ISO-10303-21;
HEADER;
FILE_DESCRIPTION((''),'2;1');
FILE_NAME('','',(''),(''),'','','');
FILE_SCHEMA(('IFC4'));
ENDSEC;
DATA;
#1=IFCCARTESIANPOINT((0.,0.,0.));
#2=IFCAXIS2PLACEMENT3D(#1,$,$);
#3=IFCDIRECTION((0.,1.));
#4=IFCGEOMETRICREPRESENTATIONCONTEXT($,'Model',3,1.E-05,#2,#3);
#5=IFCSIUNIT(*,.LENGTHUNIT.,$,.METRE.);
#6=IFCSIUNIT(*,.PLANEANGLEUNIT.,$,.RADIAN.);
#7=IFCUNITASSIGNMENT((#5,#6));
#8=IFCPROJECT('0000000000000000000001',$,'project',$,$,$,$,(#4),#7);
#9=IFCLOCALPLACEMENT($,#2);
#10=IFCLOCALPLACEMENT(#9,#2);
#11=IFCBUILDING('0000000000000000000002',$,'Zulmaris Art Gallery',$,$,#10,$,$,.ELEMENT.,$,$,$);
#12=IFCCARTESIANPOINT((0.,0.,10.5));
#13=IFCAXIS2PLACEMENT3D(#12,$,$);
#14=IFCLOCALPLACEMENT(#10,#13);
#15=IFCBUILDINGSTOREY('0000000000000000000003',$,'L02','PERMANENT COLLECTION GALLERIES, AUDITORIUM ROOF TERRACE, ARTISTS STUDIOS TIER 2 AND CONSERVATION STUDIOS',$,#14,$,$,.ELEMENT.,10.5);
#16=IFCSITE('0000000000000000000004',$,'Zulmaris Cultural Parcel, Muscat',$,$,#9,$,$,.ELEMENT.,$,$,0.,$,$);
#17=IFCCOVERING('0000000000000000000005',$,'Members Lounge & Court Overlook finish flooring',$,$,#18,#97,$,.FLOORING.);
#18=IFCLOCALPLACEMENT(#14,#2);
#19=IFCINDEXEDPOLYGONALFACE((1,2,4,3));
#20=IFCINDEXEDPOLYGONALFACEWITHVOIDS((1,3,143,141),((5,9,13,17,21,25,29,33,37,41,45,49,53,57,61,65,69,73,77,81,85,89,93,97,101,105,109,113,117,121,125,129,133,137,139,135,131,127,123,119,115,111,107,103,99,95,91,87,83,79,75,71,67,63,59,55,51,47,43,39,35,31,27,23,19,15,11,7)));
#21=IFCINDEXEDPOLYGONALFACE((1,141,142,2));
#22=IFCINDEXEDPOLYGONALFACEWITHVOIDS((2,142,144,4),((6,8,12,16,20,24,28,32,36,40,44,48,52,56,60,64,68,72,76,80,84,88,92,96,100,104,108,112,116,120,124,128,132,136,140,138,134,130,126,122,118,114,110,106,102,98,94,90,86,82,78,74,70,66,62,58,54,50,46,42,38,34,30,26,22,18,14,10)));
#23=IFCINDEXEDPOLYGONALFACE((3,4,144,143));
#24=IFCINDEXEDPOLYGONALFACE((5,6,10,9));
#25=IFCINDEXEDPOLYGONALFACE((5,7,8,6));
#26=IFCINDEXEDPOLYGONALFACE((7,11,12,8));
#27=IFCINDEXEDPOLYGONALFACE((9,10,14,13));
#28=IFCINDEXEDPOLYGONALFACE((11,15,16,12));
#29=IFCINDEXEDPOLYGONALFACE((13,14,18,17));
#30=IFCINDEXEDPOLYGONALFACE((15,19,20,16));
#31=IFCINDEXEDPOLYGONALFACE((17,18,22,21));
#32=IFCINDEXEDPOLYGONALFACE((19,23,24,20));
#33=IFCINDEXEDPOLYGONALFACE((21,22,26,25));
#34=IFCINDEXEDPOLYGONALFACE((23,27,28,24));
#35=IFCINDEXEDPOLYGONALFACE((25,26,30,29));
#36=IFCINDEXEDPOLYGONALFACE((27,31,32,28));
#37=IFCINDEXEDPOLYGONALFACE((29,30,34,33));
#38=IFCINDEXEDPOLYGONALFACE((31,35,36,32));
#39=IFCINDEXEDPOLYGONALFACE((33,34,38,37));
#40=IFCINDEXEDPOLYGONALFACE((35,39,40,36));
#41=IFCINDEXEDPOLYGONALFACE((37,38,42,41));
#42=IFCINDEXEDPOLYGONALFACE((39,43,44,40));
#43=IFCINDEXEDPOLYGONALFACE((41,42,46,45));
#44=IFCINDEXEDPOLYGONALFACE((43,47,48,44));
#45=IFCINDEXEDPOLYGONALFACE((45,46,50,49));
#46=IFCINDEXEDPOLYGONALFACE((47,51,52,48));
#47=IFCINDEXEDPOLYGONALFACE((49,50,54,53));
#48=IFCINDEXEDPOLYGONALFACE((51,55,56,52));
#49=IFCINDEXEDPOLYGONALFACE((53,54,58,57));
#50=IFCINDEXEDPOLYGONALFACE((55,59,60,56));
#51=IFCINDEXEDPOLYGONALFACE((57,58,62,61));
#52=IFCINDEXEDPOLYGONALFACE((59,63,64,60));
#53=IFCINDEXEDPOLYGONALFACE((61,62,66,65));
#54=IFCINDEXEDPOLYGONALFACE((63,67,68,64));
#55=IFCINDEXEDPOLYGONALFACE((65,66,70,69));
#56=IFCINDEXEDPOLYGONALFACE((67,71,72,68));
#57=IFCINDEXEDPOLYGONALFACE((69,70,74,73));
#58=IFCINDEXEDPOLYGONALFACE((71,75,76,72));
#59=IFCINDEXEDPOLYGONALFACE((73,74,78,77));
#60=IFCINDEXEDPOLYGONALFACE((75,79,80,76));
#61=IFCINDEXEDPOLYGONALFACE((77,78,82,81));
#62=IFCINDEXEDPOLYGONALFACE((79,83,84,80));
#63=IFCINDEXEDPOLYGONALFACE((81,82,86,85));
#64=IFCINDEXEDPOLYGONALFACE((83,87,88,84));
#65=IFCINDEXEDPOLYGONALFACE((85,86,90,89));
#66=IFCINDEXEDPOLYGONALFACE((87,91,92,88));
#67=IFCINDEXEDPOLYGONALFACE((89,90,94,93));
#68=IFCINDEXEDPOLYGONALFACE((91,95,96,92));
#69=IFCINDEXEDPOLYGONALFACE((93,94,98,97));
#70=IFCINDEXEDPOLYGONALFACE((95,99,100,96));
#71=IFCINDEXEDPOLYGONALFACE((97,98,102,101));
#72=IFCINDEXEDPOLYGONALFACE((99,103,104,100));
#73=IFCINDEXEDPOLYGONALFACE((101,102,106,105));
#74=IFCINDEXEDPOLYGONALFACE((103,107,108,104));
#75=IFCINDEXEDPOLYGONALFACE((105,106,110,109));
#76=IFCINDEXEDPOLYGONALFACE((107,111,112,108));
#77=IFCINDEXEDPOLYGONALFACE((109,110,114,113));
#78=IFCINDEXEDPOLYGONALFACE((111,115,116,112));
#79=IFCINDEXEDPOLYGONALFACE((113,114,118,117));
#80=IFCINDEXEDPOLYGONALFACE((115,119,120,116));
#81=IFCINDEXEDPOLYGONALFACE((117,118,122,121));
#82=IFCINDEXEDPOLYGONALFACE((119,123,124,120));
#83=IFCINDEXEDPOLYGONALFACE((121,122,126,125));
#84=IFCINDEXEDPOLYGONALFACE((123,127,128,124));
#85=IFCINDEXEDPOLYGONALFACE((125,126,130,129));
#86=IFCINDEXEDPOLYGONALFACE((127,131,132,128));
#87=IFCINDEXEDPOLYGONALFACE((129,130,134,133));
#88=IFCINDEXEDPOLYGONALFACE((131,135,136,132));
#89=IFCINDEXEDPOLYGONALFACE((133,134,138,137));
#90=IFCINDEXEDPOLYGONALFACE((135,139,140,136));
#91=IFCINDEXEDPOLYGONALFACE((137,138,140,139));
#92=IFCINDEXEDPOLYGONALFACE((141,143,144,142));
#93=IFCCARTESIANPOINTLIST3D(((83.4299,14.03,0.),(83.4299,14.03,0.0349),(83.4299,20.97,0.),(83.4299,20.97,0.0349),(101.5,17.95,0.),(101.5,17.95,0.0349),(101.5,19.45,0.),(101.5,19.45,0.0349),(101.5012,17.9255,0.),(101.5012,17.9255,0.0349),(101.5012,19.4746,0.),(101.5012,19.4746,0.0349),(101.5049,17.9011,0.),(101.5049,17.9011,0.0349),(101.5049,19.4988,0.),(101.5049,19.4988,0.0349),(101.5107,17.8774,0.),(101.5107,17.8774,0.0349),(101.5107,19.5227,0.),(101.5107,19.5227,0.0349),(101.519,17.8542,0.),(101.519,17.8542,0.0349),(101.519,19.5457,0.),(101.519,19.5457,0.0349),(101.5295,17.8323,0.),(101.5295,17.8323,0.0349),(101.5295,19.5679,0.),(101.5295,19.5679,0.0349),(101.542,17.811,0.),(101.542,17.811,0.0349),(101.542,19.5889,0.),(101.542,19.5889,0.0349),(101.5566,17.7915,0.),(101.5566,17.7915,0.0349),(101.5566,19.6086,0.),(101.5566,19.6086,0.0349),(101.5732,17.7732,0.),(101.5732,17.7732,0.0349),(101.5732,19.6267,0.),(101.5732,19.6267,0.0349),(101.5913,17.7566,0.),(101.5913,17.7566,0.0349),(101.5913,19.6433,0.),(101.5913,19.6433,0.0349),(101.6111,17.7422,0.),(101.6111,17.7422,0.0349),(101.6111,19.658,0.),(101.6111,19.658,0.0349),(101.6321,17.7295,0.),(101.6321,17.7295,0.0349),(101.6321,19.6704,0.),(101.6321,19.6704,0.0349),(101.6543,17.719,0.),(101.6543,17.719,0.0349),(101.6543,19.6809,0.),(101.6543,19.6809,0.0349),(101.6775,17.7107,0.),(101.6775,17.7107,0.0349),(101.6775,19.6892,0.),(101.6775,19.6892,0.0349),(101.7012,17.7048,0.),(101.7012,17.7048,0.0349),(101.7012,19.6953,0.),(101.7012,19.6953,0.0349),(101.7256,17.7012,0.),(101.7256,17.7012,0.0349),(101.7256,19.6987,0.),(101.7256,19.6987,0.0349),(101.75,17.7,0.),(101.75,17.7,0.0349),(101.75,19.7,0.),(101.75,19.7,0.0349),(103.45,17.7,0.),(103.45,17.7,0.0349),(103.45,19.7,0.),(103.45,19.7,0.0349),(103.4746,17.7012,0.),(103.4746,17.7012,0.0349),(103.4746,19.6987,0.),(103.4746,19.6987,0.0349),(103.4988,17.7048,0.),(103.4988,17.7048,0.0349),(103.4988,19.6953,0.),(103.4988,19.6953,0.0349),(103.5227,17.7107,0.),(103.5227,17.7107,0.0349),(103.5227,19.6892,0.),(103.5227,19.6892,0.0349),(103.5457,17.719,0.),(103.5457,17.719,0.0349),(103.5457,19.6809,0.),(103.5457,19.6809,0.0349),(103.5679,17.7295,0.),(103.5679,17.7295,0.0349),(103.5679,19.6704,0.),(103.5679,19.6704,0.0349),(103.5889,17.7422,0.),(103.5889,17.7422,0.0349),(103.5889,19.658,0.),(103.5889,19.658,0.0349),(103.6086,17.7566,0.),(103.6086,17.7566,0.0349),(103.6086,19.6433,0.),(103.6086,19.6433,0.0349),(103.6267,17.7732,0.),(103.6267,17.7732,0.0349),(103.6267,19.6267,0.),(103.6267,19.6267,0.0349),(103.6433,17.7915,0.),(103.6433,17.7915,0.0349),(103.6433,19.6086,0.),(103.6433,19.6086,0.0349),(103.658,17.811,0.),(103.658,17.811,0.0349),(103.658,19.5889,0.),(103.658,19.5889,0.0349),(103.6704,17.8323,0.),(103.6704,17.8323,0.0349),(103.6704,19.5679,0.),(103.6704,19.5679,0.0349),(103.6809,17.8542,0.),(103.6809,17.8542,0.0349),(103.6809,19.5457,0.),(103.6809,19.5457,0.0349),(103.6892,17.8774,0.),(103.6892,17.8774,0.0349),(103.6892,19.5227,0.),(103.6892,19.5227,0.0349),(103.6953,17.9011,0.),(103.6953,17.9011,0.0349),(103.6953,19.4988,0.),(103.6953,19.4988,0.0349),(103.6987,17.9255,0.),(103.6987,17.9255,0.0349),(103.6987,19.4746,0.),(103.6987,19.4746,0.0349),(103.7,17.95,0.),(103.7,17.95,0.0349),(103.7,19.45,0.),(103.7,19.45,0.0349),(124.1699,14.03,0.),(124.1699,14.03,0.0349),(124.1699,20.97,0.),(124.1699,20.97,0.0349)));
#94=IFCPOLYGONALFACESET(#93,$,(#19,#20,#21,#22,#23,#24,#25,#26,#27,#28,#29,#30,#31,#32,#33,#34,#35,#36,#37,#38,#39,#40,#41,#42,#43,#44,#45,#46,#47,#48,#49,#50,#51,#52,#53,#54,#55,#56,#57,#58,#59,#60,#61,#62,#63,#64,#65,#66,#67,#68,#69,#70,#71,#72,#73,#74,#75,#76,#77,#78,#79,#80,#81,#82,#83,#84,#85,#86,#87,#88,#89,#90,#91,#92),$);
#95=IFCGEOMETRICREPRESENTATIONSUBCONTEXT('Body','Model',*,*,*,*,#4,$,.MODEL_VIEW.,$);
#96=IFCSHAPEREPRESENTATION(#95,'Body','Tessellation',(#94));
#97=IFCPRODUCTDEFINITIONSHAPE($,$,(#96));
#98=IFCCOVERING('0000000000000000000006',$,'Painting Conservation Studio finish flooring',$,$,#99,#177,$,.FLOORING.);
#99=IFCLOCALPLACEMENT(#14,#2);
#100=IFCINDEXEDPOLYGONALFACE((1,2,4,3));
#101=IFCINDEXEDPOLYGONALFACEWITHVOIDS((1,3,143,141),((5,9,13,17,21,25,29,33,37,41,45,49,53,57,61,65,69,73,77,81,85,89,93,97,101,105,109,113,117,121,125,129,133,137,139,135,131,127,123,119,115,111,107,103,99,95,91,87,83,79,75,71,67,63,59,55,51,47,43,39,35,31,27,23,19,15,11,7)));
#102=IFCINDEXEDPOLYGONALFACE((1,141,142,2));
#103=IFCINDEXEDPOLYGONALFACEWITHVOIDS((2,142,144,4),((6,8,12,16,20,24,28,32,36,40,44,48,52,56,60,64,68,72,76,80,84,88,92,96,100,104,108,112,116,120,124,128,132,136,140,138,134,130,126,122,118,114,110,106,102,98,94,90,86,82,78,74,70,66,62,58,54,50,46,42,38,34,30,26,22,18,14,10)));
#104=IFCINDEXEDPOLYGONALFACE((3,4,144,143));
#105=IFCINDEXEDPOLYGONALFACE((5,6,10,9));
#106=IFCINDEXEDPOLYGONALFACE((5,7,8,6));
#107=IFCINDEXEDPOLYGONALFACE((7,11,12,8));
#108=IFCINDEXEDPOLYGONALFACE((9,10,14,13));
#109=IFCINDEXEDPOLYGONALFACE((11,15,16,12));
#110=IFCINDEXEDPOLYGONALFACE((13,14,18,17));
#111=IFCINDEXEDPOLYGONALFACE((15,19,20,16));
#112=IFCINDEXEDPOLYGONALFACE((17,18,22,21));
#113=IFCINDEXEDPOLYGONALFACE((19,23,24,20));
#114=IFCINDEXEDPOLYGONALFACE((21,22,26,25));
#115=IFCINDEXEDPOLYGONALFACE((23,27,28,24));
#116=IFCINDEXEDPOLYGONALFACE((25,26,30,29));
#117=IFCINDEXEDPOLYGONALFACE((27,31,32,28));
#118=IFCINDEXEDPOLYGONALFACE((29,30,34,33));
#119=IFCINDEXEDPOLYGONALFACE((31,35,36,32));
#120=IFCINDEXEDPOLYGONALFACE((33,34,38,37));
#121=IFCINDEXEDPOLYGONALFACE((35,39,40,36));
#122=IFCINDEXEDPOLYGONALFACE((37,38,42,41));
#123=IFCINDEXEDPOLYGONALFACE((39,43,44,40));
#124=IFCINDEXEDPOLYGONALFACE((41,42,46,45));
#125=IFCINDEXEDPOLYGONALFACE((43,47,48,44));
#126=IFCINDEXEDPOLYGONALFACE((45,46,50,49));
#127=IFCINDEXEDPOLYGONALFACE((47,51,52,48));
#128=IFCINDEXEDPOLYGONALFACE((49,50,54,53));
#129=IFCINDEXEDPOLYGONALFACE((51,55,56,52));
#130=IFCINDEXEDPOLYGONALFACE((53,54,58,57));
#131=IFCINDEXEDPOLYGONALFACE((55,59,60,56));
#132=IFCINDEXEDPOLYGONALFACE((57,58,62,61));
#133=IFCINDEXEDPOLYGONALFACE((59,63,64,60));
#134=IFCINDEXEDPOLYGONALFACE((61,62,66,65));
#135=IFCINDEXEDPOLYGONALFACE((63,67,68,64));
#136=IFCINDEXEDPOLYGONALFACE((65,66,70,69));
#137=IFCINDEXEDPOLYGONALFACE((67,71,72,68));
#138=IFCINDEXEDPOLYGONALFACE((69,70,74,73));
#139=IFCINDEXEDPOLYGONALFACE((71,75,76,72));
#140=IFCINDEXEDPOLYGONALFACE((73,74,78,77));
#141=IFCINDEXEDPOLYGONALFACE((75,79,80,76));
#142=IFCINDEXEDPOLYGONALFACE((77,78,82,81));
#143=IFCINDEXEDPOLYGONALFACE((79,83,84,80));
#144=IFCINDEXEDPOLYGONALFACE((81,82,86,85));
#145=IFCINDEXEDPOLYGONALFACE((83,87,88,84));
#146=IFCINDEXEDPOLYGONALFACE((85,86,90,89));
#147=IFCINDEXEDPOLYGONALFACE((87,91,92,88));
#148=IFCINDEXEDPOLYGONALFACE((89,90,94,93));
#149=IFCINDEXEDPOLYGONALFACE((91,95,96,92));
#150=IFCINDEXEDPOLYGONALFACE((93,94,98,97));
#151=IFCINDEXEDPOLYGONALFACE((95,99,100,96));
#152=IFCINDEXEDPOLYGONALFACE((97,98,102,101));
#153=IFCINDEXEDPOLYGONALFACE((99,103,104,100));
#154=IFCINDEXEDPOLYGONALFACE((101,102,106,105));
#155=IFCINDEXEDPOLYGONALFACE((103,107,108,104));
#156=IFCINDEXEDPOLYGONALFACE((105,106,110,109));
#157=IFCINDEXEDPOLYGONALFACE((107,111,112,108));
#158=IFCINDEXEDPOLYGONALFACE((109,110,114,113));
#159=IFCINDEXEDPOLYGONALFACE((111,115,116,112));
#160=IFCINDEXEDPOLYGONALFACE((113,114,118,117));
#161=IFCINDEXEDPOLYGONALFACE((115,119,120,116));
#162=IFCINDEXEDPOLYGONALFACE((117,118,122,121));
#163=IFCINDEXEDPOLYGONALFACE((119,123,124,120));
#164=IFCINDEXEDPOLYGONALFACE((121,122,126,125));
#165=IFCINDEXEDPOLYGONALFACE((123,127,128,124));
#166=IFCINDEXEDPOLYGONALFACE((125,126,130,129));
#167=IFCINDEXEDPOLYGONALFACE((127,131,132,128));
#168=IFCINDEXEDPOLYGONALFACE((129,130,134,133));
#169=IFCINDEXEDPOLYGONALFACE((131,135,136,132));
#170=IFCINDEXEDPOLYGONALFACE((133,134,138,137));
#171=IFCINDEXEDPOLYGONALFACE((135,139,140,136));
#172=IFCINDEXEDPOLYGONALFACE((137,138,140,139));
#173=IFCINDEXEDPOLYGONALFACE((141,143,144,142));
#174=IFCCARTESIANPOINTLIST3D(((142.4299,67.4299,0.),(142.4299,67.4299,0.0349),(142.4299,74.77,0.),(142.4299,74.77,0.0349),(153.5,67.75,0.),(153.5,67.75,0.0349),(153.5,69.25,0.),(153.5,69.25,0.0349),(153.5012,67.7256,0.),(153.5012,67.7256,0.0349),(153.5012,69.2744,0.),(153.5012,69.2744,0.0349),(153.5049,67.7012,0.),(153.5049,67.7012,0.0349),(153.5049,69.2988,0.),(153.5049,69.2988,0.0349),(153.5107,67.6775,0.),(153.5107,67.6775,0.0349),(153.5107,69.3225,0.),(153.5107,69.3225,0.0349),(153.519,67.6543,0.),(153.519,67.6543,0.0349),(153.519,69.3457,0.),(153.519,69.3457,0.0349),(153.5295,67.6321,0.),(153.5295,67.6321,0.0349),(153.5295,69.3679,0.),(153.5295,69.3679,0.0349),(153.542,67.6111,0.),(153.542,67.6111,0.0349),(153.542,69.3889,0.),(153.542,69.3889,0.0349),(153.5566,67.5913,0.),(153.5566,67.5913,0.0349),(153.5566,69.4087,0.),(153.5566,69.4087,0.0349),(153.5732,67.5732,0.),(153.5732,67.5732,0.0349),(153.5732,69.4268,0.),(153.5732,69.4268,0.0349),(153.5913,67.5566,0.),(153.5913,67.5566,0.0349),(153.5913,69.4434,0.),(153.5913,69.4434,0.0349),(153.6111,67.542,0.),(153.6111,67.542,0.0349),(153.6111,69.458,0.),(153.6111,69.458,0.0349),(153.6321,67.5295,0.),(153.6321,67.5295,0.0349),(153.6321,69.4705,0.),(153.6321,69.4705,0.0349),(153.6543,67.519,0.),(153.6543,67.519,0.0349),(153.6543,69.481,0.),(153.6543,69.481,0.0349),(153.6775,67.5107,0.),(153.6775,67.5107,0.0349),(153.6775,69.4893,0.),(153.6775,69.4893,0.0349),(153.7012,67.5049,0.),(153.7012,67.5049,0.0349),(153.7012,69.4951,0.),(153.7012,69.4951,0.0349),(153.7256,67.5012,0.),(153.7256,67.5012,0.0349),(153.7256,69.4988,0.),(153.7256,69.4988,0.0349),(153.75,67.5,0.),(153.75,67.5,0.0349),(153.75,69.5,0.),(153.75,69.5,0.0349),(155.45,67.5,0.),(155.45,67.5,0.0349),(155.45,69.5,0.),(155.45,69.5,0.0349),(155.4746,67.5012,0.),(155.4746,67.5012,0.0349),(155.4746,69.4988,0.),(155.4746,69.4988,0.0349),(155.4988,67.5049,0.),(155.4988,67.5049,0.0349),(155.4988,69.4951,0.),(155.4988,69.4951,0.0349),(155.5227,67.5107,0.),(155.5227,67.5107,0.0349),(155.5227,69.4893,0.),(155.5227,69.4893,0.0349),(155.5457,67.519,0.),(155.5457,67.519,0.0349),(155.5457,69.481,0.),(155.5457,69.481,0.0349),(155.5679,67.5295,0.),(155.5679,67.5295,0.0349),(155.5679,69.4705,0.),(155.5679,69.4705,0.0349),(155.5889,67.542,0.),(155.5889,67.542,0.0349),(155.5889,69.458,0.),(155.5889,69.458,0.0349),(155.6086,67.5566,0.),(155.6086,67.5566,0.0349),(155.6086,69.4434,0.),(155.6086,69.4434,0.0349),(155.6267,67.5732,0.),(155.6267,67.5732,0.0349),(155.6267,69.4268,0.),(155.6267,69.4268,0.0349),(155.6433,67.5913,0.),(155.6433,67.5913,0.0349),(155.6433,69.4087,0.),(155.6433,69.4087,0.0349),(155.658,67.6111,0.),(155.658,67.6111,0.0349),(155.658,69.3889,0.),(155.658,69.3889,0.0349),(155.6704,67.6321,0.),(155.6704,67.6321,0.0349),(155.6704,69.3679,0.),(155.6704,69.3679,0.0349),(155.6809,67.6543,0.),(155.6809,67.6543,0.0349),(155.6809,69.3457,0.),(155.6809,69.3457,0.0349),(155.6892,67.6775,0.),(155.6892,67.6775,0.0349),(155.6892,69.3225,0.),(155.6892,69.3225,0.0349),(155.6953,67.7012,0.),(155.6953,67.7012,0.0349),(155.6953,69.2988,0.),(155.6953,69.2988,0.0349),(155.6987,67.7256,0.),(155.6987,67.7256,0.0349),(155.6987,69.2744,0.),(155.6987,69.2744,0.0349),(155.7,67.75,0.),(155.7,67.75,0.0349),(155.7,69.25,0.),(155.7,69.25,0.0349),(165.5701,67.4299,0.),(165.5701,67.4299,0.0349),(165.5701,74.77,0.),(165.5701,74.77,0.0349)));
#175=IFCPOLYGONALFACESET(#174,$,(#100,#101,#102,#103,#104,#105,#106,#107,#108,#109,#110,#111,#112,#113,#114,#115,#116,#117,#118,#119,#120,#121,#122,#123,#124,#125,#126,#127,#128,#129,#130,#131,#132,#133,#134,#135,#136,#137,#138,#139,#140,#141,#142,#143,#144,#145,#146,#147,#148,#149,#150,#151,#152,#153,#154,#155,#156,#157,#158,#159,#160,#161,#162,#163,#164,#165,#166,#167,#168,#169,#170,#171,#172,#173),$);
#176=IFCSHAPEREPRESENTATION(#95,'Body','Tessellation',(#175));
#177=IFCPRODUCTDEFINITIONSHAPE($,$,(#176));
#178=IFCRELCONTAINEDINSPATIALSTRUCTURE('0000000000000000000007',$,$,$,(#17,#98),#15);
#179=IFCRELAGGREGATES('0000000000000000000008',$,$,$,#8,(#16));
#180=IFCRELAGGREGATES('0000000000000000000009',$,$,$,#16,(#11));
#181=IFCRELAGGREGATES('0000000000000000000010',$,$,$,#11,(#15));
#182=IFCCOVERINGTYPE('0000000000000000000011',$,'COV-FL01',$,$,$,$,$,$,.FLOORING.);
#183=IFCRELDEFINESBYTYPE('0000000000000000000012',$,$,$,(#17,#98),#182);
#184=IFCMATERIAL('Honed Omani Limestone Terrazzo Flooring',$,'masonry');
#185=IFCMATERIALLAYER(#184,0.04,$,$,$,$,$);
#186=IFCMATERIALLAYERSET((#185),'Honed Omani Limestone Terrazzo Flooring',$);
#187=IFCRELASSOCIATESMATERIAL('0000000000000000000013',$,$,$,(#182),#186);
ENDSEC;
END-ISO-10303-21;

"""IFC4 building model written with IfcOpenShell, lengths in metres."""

from ifc_helpers import new_model, si_unit, direction, frame, origin, place, context, subcontext, project, spatial, polyline, outline, extrude, material, layer, layer_set, type_object, element, save


model = new_model("IFC4")

# Units and contexts
model_context = context("Model", 3, precision=1e-05, world=origin(), true_north=direction((0.0, 1.0)))
body_context = subcontext(model_context, "Body", "Model", "MODEL_VIEW")
ifc_project = project(units=[si_unit("LENGTHUNIT", "METRE"), si_unit("PLANEANGLEUNIT", "RADIAN")], contexts=[model_context])

# Site, building, storey
site_placement = place(None, origin())
site = spatial("IfcSite", under=ifc_project, at=site_placement, Name="Zulmaris Cultural Parcel, Muscat", CompositionType="ELEMENT", RefElevation=0.0)
building_placement = place(site_placement, origin())
building = spatial("IfcBuilding", under=site, at=building_placement, Name="Zulmaris Art Gallery", CompositionType="ELEMENT")
storey_placement = place(building_placement, frame((0.0, 0.0, 10.5)))
storey = spatial("IfcBuildingStorey", under=building, at=storey_placement, Name="L02", Description="PERMANENT COLLECTION GALLERIES, AUDITORIUM ROOF TERRACE, ARTISTS STUDIOS TIER 2 AND CONSERVATION STUDIOS", CompositionType="ELEMENT", Elevation=10.5)

# Coverings
ifc_material_1 = material(Name="Honed Omani Limestone Terrazzo Flooring", Category="masonry")
ifc_layer_1 = layer(ifc_material_1, 0.04)
ifc_layer_set_1 = layer_set([ifc_layer_1], Name="Honed Omani Limestone Terrazzo Flooring")
covering_type_1 = type_object("IfcCoveringType", Name="COV-FL01", PredefinedType="FLOORING", material=ifc_layer_set_1)
covering_1_placement = place(storey_placement, origin())
element("IfcCovering", 1, at=covering_1_placement, inside=storey, type_object=covering_type_1, Name="Members Lounge & Court Overlook finish flooring", PredefinedType="FLOORING", context=body_context, shape_type="SweptSolid", body=[
    extrude(outline(polyline([(124.1699, 14.03), (83.4299, 14.03), (83.4299, 20.97), (124.1699, 20.97), (124.1699, 14.03)]), holes=[polyline([(101.7256, 19.6987), (101.7012, 19.6953), (101.6775, 19.6892), (101.6543, 19.6809), (101.6321, 19.6704), (101.6111, 19.658), (101.5913, 19.6433), (101.5732, 19.6267), (101.5566, 19.6086), (101.542, 19.5889), (101.5295, 19.5679), (101.519, 19.5457), (101.5107, 19.5227), (101.5049, 19.4988), (101.5012, 19.4746), (101.5, 19.45), (101.5, 17.95), (101.5012, 17.9255), (101.5049, 17.9011), (101.5107, 17.8774), (101.519, 17.8542), (101.5295, 17.8323), (101.542, 17.811), (101.5566, 17.7915), (101.5732, 17.7732), (101.5913, 17.7566), (101.6111, 17.7422), (101.6321, 17.7295), (101.6543, 17.719), (101.6775, 17.7107), (101.7012, 17.7048), (101.7256, 17.7012), (101.75, 17.7), (103.45, 17.7), (103.4746, 17.7012), (103.4988, 17.7048), (103.5227, 17.7107), (103.5457, 17.719), (103.5679, 17.7295), (103.5889, 17.7422), (103.6086, 17.7566), (103.6267, 17.7732), (103.6433, 17.7915), (103.658, 17.811), (103.6704, 17.8323), (103.6809, 17.8542), (103.6892, 17.8774), (103.6953, 17.9011), (103.6987, 17.9255), (103.7, 17.95), (103.7, 19.45), (103.6987, 19.4746), (103.6953, 19.4988), (103.6892, 19.5227), (103.6809, 19.5457), (103.6704, 19.5679), (103.658, 19.5889), (103.6433, 19.6086), (103.6267, 19.6267), (103.6086, 19.6433), (103.5889, 19.658), (103.5679, 19.6704), (103.5457, 19.6809), (103.5227, 19.6892), (103.4988, 19.6953), (103.4746, 19.6987), (103.45, 19.7), (101.75, 19.7), (101.7256, 19.6987)])]), origin(), (0.0, 0.0, 1.0), 0.0349),
])
covering_2_placement = place(storey_placement, origin())
element("IfcCovering", 2, at=covering_2_placement, inside=storey, type_object=covering_type_1, Name="Painting Conservation Studio finish flooring", PredefinedType="FLOORING", context=body_context, shape_type="SweptSolid", body=[
    extrude(outline(polyline([(165.5701, 67.4299), (142.4299, 67.4299), (142.4299, 74.77), (165.5701, 74.77), (165.5701, 67.4299)]), holes=[polyline([(153.7256, 69.4988), (153.7012, 69.4951), (153.6775, 69.4893), (153.6543, 69.481), (153.6321, 69.4705), (153.6111, 69.458), (153.5913, 69.4434), (153.5732, 69.4268), (153.5566, 69.4087), (153.542, 69.3889), (153.5295, 69.3679), (153.519, 69.3457), (153.5107, 69.3225), (153.5049, 69.2988), (153.5012, 69.2744), (153.5, 69.25), (153.5, 67.75), (153.5012, 67.7256), (153.5049, 67.7012), (153.5107, 67.6775), (153.519, 67.6543), (153.5295, 67.6321), (153.542, 67.6111), (153.5566, 67.5913), (153.5732, 67.5732), (153.5913, 67.5566), (153.6111, 67.542), (153.6321, 67.5295), (153.6543, 67.519), (153.6775, 67.5107), (153.7012, 67.5049), (153.7256, 67.5012), (153.75, 67.5), (155.45, 67.5), (155.4746, 67.5012), (155.4988, 67.5049), (155.5227, 67.5107), (155.5457, 67.519), (155.5679, 67.5295), (155.5889, 67.542), (155.6086, 67.5566), (155.6267, 67.5732), (155.6433, 67.5913), (155.658, 67.6111), (155.6704, 67.6321), (155.6809, 67.6543), (155.6892, 67.6775), (155.6953, 67.7012), (155.6987, 67.7256), (155.7, 67.75), (155.7, 69.25), (155.6987, 69.2744), (155.6953, 69.2988), (155.6892, 69.3225), (155.6809, 69.3457), (155.6704, 69.3679), (155.658, 69.3889), (155.6433, 69.4087), (155.6267, 69.4268), (155.6086, 69.4434), (155.5889, 69.458), (155.5679, 69.4705), (155.5457, 69.481), (155.5227, 69.4893), (155.4988, 69.4951), (155.4746, 69.4988), (155.45, 69.5), (153.75, 69.5), (153.7256, 69.4988)])]), origin(), (0.0, 0.0, 1.0), 0.0349),
])

save(model, "model.ifc")
